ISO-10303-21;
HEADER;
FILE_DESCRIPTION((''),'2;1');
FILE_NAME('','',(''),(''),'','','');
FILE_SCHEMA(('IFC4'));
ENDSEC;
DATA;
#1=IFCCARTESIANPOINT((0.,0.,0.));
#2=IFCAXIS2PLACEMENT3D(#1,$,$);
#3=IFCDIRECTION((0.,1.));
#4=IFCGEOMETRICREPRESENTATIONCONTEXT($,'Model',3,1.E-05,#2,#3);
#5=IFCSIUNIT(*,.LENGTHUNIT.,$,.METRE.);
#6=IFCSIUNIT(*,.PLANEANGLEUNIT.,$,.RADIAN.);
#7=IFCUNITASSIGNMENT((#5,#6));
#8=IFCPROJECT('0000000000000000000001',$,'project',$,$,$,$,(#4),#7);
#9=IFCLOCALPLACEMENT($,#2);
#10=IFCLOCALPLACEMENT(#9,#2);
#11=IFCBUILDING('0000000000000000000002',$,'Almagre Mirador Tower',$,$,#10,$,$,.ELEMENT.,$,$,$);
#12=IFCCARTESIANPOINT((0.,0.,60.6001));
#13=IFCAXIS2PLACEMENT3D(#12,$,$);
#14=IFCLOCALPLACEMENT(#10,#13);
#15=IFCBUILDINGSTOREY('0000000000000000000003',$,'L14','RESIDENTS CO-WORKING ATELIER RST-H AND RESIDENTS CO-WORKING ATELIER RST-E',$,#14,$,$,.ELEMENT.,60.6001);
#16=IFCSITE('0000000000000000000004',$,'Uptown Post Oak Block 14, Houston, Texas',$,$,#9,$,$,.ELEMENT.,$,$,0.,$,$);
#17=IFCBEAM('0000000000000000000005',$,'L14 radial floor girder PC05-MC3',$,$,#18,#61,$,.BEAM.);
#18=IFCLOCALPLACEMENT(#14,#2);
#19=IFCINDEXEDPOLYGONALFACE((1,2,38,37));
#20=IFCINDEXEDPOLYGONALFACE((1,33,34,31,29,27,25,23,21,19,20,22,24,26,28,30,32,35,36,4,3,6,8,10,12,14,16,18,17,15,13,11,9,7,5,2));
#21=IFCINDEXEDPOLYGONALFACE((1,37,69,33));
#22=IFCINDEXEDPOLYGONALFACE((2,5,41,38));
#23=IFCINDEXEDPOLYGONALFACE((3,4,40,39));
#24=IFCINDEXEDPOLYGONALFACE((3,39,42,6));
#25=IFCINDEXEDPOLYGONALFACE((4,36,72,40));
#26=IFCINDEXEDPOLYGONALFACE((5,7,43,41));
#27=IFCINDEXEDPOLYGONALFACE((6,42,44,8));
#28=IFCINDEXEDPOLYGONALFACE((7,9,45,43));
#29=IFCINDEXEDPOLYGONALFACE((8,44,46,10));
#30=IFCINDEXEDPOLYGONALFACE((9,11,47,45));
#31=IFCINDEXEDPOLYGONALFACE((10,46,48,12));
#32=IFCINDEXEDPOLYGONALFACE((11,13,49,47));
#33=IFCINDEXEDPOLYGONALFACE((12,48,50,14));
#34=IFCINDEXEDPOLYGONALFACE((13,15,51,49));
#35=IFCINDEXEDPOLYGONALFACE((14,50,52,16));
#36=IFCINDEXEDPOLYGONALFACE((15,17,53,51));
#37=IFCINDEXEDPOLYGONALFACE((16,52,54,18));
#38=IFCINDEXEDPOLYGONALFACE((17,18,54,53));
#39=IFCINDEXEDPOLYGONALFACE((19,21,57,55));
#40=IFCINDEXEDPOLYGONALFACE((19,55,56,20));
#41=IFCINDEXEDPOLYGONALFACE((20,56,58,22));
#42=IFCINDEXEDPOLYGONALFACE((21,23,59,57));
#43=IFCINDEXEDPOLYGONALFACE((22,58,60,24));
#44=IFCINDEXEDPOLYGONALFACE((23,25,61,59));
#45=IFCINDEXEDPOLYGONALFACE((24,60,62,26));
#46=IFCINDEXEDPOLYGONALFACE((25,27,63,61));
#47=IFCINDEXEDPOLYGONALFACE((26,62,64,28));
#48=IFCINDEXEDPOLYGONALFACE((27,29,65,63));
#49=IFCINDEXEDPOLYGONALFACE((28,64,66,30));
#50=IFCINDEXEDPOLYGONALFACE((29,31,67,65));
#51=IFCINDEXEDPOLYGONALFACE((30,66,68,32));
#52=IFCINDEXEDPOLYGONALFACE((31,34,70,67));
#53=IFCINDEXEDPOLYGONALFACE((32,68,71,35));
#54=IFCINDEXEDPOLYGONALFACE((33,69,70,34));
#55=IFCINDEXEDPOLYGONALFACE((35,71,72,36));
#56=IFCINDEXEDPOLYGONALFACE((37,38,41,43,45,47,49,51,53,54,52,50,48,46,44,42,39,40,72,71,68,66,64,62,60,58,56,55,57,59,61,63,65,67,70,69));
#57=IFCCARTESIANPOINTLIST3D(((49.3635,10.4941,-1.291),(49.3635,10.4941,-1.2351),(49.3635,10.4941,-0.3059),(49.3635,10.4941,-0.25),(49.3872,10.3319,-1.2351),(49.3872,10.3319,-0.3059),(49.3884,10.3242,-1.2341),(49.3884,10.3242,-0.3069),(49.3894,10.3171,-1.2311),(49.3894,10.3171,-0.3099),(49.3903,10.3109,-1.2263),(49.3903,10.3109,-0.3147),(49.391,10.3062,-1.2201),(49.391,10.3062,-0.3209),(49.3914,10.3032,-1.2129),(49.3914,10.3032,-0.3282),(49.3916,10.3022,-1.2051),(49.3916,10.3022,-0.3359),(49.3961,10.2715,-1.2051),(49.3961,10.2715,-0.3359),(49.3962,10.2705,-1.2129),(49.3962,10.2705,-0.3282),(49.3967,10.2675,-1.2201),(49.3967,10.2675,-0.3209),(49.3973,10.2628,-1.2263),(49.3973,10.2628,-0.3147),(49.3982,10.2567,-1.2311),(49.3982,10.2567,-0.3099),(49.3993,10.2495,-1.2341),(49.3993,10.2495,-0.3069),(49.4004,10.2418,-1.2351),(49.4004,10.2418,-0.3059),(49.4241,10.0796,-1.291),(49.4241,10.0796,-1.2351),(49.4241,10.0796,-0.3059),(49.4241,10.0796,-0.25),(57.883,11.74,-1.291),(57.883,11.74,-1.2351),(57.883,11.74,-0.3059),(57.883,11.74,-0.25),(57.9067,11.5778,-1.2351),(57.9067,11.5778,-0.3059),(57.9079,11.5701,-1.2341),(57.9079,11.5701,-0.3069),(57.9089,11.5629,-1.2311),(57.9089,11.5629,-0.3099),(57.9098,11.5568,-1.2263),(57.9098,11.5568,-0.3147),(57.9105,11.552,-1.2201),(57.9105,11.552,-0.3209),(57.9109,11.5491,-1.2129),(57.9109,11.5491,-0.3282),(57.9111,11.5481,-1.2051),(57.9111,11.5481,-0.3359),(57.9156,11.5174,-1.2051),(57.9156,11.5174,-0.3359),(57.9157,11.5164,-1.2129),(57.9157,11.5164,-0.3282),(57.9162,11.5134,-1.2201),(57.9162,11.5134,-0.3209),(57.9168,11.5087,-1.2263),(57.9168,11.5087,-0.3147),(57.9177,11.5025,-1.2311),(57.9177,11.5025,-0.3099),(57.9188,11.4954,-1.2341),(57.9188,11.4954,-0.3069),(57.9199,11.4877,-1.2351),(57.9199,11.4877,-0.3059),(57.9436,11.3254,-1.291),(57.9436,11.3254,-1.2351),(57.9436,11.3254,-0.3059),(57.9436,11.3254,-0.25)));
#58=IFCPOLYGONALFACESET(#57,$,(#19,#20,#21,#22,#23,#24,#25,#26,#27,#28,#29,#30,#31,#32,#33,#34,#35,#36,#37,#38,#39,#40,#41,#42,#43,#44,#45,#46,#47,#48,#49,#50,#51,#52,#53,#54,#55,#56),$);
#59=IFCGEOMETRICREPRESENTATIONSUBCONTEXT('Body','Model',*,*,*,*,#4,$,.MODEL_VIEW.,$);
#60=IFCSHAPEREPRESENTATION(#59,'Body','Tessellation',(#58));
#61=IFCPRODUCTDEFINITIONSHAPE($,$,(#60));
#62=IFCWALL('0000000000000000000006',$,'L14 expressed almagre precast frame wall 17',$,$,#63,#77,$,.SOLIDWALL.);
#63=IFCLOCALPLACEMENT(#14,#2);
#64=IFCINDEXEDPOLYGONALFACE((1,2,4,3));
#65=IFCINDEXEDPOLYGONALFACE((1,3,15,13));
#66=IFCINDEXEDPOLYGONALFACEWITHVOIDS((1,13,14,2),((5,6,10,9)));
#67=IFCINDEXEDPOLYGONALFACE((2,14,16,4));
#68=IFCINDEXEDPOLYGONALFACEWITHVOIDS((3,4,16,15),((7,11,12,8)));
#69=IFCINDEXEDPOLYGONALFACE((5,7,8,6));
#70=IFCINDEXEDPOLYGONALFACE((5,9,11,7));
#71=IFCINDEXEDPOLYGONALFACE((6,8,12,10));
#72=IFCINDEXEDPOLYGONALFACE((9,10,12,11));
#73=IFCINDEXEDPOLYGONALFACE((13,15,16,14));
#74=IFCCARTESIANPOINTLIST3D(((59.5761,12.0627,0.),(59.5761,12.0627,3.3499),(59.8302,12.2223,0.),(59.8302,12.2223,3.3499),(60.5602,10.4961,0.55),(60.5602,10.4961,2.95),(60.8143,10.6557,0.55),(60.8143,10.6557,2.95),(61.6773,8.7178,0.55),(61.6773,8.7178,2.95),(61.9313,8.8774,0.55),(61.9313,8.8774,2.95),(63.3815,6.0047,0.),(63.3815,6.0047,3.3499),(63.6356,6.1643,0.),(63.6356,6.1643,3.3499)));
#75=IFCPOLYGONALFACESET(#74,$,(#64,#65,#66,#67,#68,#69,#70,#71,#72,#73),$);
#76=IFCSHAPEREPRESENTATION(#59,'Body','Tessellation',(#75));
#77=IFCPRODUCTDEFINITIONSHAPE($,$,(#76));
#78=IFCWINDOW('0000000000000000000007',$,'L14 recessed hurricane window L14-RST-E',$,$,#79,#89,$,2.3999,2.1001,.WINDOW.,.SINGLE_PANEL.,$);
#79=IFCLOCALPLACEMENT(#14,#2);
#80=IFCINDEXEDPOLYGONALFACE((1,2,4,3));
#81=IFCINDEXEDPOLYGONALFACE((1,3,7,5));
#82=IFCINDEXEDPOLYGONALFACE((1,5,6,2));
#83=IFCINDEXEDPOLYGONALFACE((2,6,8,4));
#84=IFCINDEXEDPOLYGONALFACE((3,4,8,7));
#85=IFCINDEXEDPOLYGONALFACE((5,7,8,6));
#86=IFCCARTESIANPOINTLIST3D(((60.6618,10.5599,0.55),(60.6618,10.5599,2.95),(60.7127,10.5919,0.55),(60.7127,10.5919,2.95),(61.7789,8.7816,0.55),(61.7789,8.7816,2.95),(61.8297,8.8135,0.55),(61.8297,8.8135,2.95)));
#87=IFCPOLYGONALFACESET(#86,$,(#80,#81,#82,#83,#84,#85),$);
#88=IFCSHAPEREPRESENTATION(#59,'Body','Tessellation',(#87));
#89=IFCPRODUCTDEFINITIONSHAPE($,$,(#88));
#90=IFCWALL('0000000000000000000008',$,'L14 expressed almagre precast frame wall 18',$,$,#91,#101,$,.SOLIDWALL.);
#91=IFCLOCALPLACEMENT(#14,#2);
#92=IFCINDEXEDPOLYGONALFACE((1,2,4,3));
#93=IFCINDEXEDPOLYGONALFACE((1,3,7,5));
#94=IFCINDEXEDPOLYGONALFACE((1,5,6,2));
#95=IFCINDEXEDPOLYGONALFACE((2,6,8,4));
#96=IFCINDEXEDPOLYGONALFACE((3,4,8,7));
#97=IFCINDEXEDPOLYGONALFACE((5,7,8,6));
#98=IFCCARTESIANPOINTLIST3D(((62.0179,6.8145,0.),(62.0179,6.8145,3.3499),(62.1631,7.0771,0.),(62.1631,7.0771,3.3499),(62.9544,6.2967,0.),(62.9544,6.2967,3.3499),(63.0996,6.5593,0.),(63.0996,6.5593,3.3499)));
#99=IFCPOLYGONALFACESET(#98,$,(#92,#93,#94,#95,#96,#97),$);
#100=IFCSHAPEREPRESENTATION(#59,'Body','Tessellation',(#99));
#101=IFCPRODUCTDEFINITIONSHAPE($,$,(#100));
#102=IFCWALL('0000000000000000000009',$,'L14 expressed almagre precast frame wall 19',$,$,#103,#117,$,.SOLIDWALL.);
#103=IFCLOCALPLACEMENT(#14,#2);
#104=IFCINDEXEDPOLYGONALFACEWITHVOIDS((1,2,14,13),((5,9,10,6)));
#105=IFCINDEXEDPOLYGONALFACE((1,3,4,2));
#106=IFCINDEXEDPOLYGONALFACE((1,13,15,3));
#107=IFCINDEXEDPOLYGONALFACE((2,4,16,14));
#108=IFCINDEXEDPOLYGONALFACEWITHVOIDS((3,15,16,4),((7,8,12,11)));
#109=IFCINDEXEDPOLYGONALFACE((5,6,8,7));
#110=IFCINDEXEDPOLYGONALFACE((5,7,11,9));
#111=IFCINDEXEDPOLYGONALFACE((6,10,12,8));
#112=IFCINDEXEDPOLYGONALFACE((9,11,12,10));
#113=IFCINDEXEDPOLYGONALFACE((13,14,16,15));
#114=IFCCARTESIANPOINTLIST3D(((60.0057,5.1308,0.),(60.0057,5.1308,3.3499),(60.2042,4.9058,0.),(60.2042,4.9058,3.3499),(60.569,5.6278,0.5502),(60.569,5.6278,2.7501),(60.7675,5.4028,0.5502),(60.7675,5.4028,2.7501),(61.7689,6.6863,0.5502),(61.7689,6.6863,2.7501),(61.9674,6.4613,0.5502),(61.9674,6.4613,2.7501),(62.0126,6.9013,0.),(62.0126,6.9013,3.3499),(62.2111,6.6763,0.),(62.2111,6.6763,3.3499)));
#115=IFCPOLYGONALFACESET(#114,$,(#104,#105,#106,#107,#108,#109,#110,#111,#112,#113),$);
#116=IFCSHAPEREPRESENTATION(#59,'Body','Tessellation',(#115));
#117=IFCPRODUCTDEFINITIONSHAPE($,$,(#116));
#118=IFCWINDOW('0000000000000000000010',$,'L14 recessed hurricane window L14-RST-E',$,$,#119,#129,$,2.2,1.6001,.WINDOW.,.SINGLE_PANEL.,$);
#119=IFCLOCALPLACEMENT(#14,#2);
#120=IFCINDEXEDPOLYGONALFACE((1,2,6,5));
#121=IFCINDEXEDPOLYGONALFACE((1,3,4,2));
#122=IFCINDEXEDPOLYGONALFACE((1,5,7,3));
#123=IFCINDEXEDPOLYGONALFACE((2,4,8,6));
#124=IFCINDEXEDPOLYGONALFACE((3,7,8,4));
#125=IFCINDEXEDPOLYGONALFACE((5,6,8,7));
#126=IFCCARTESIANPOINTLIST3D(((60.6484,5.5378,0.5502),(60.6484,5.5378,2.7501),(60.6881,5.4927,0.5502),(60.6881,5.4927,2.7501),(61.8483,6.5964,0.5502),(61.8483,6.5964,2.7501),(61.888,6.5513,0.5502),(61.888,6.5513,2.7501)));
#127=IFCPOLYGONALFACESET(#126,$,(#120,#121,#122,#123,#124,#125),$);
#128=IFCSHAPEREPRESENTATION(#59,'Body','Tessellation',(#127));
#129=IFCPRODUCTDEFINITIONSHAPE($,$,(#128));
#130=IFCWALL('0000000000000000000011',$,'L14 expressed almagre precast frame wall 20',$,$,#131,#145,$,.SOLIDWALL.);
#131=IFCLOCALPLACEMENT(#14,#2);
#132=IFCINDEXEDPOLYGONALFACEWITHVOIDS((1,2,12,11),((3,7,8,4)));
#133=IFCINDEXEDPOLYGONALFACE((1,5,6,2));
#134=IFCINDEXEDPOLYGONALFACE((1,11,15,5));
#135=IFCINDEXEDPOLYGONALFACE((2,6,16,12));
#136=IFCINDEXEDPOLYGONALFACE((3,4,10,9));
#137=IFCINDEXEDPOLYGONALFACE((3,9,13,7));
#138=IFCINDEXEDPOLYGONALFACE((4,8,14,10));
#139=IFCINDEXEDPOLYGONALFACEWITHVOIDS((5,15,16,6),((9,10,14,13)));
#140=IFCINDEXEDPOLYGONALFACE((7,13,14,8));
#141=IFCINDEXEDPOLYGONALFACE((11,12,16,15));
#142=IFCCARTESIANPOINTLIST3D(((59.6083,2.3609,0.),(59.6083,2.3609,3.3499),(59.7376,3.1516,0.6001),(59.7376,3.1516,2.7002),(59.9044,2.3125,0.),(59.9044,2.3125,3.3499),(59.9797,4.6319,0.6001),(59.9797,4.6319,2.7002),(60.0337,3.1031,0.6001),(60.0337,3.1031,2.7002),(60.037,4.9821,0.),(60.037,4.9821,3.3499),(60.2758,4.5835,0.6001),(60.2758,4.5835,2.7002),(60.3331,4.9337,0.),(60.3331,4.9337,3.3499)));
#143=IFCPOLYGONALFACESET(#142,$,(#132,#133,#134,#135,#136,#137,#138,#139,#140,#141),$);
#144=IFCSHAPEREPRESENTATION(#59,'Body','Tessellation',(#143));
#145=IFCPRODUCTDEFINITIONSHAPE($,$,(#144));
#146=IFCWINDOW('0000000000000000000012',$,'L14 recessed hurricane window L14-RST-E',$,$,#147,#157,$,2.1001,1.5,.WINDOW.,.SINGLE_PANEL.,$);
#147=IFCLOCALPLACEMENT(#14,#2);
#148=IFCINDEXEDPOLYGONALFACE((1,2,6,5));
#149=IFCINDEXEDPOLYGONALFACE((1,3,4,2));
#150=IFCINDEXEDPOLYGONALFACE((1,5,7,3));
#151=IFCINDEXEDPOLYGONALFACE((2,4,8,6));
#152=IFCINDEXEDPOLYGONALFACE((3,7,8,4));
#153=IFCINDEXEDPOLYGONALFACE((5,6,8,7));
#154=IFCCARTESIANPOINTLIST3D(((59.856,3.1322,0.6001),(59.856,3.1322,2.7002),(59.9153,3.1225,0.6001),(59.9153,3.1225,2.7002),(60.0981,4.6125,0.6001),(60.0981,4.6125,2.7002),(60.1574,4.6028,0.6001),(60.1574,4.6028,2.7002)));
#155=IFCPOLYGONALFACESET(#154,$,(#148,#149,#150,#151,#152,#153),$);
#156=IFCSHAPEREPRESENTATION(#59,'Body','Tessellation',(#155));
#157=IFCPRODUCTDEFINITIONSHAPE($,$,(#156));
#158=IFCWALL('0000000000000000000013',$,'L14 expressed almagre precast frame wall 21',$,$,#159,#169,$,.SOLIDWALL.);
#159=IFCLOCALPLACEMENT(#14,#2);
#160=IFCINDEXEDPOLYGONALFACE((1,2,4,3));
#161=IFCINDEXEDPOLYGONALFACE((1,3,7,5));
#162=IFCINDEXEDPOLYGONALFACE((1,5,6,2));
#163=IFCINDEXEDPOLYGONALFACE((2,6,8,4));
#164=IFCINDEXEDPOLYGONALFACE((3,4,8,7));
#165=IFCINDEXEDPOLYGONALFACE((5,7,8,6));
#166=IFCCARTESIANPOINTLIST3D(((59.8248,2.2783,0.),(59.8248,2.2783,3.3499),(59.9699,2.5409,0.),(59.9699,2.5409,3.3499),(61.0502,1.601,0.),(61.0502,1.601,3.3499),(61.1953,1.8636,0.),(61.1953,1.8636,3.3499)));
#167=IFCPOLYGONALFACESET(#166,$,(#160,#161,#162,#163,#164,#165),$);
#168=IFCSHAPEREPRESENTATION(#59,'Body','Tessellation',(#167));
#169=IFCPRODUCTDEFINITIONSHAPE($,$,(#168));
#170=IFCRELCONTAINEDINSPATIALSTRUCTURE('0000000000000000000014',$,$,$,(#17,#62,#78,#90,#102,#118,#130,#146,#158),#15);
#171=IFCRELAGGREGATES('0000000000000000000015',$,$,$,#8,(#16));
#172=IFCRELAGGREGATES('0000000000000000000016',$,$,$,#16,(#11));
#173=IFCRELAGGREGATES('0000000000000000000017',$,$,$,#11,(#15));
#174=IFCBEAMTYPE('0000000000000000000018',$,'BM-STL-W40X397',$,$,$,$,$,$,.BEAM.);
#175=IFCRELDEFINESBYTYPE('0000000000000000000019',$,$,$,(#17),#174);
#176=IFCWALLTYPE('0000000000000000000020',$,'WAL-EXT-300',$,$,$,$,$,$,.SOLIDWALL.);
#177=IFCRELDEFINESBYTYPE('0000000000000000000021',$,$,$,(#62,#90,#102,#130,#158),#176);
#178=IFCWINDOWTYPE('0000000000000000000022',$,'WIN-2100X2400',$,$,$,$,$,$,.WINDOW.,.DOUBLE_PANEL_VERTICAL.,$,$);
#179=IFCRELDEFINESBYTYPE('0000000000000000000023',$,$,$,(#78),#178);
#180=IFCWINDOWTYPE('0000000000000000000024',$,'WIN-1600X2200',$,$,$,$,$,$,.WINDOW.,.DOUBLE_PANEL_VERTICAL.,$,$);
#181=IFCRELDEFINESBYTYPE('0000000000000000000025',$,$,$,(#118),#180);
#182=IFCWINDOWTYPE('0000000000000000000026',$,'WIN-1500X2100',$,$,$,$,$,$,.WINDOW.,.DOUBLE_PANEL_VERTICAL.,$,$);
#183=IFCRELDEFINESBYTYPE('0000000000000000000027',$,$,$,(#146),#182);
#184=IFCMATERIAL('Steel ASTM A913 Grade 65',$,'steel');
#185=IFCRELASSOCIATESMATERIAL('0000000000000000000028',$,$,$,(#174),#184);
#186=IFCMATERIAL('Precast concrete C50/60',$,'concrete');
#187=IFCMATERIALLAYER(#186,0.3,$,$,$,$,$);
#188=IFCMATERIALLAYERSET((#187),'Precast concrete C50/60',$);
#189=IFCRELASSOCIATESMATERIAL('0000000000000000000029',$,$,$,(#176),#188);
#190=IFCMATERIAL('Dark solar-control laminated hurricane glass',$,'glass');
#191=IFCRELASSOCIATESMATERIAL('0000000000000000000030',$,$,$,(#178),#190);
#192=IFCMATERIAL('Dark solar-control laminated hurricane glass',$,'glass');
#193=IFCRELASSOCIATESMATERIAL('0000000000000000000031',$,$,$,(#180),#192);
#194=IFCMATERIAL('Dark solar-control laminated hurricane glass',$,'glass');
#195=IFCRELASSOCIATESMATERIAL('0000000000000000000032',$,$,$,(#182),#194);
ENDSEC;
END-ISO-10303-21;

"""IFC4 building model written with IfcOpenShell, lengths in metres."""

from ifc_helpers import new_model, si_unit, direction, frame, frame_2d, origin, origin_2d, place, context, subcontext, project, spatial, rectangle, i_section, extrude, material, layer, layer_set, material_profile, profile_set, type_object, element, fill, save


model = new_model("IFC4")

# Units and contexts
model_context = context("Model", 3, precision=1e-05, world=origin(), true_north=direction((0.0, 1.0)))
body_context = subcontext(model_context, "Body", "Model", "MODEL_VIEW")
ifc_project = project(units=[si_unit("LENGTHUNIT", "METRE"), si_unit("PLANEANGLEUNIT", "RADIAN")], contexts=[model_context])

# Site, building, storey
site_placement = place(None, origin())
site = spatial("IfcSite", under=ifc_project, at=site_placement, Name="Uptown Post Oak Block 14, Houston, Texas", CompositionType="ELEMENT", RefElevation=0.0)
building_placement = place(site_placement, origin())
building = spatial("IfcBuilding", under=site, at=building_placement, Name="Almagre Mirador Tower", CompositionType="ELEMENT")
storey_placement = place(building_placement, frame((0.0, 0.0, 60.6001)))
storey = spatial("IfcBuildingStorey", under=building, at=storey_placement, Name="L14", Description="RESIDENTS CO-WORKING ATELIER RST-H AND RESIDENTS CO-WORKING ATELIER RST-E", CompositionType="ELEMENT", Elevation=60.6001)

# Beam
ifc_material_1 = material(Name="Steel ASTM A913 Grade 65", Category="steel")
ifc_material_profile_1 = material_profile(ifc_material_1, i_section(OverallWidth=0.4189, OverallDepth=1.041, WebThickness=0.031, FlangeThickness=0.0559, FilletRadius=0.03, at=origin_2d()), Name="W40X397")
ifc_profile_set_1 = profile_set([ifc_material_profile_1], Name="Steel ASTM A913 Grade 65")
beam_type_1 = type_object("IfcBeamType", Name="BM-STL-W40X397", PredefinedType="BEAM", material=ifc_profile_set_1)
beam_1_placement = place(storey_placement, frame((57.9133, 11.5327, -0.7705), z_axis=(-0.989476, -0.144696, 0.0), x_axis=(0.144696, -0.989476, 0.0)))
element("IfcBeam", 1, at=beam_1_placement, inside=storey, type_object=beam_type_1, Name="L14 radial floor girder PC05-MC3", PredefinedType="BEAM", context=body_context, shape_type="SweptSolid", body=[
    extrude(i_section(OverallWidth=0.4189, OverallDepth=1.041, WebThickness=0.031, FlangeThickness=0.0559, FilletRadius=0.03, at=origin_2d()), origin(), (0.0, 0.0, 1.0), 8.6101),
])

# Wall, opening, window
ifc_material_2 = material(Name="Precast concrete C50/60", Category="concrete")
ifc_layer = layer(ifc_material_2, 0.3)
ifc_layer_set = layer_set([ifc_layer], Name="Precast concrete C50/60")
wall_type = type_object("IfcWallType", Name="WAL-EXT-300", PredefinedType="SOLIDWALL", material=ifc_layer_set)
wall_1_placement = place(storey_placement, frame((59.7031, 12.1426, 0.0), z_axis=(0.0, 0.0, 1.0), x_axis=(0.531918, -0.846796, 0.0)))
wall_1 = element("IfcWall", 2, at=wall_1_placement, inside=storey, type_object=wall_type, Name="L14 expressed almagre precast frame wall 17", PredefinedType="SOLIDWALL", context=body_context, shape_type="SweptSolid", body=[
    extrude(rectangle(XDim=7.1541, YDim=0.3, at=frame_2d((3.5771, 0.0))), origin(), (0.0, 0.0, 1.0), 3.3499),
])
opening_1_placement = place(wall_1_placement, frame((1.8501, 0.0, 0.55)))
opening_1 = element("IfcOpeningElement", 3, at=opening_1_placement, cuts=wall_1, PredefinedType="OPENING", context=body_context, shape_type="SweptSolid", body=[
    extrude(rectangle(XDim=2.1001, YDim=2.3999, at=frame_2d((1.05, 1.2))), frame((0.0, 0.1599, 0.0), z_axis=(0.0, -1.0, 0.0), x_axis=(1.0, 0.0, 0.0)), (0.0, 0.0, 1.0), 0.32),
])
ifc_material_3 = material(Name="Dark solar-control laminated hurricane glass", Category="glass")
window_type_1 = type_object("IfcWindowType", Name="WIN-2100X2400", PartitioningType="DOUBLE_PANEL_VERTICAL", PredefinedType="WINDOW", material=ifc_material_3)
window_1_placement = place(opening_1_placement, origin())
window_1 = element("IfcWindow", 4, at=window_1_placement, inside=storey, type_object=window_type_1, Name="L14 recessed hurricane window L14-RST-E", OverallHeight=2.3999, OverallWidth=2.1001, PartitioningType="SINGLE_PANEL", PredefinedType="WINDOW", context=body_context, shape_type="SweptSolid", body=[
    extrude(rectangle(XDim=2.1001, YDim=2.3999, at=frame_2d((1.05, 1.2))), frame((0.0, 0.03, 0.0), z_axis=(0.0, -1.0, 0.0), x_axis=(1.0, 0.0, 0.0)), (0.0, 0.0, 1.0), 0.0601),
])
fill(opening_1, window_1)

# Wall
wall_2_placement = place(storey_placement, frame((63.0271, 6.428, 0.0), z_axis=(0.0, 0.0, 1.0), x_axis=(-0.875135, 0.483879, 0.0)))
element("IfcWall", 5, at=wall_2_placement, inside=storey, type_object=wall_type, Name="L14 expressed almagre precast frame wall 18", PredefinedType="SOLIDWALL", context=body_context, shape_type="SweptSolid", body=[
    extrude(rectangle(XDim=1.0701, YDim=0.3, at=frame_2d((0.5352, 0.0))), origin(), (0.0, 0.0, 1.0), 3.3499),
])

# Walls, openings, windows
wall_3_placement = place(storey_placement, frame((62.1118, 6.7888, 0.0), z_axis=(0.0, 0.0, 1.0), x_axis=(-0.74988, -0.661573, 0.0)))
wall_3 = element("IfcWall", 6, at=wall_3_placement, inside=storey, type_object=wall_type, Name="L14 expressed almagre precast frame wall 19", PredefinedType="SOLIDWALL", context=body_context, shape_type="SweptSolid", body=[
    extrude(rectangle(XDim=2.6763, YDim=0.3, at=frame_2d((1.3381, 0.0))), origin(), (0.0, 0.0, 1.0), 3.3499),
])
opening_2_placement = place(wall_3_placement, frame((0.325, 0.0, 0.55)))
opening_2 = element("IfcOpeningElement", 7, at=opening_2_placement, cuts=wall_3, PredefinedType="OPENING", context=body_context, shape_type="SweptSolid", body=[
    extrude(rectangle(XDim=1.6001, YDim=2.2, at=frame_2d((0.8, 1.1001))), frame((0.0, 0.1599, 0.0), z_axis=(0.0, -1.0, 0.0), x_axis=(1.0, 0.0, 0.0)), (0.0, 0.0, 1.0), 0.32),
])
ifc_material_4 = material(Name="Dark solar-control laminated hurricane glass", Category="glass")
window_type_2 = type_object("IfcWindowType", Name="WIN-1600X2200", PartitioningType="DOUBLE_PANEL_VERTICAL", PredefinedType="WINDOW", material=ifc_material_4)
window_2_placement = place(opening_2_placement, origin())
window_2 = element("IfcWindow", 8, at=window_2_placement, inside=storey, type_object=window_type_2, Name="L14 recessed hurricane window L14-RST-E", OverallHeight=2.2, OverallWidth=1.6001, PartitioningType="SINGLE_PANEL", PredefinedType="WINDOW", context=body_context, shape_type="SweptSolid", body=[
    extrude(rectangle(XDim=1.6001, YDim=2.2, at=frame_2d((0.8, 1.1001))), frame((0.0, 0.03, 0.0), z_axis=(0.0, -1.0, 0.0), x_axis=(1.0, 0.0, 0.0)), (0.0, 0.0, 1.0), 0.0601),
])
fill(opening_2, window_2)
wall_4_placement = place(storey_placement, frame((60.1851, 4.958, 0.0), z_axis=(0.0, 0.0, 1.0), x_axis=(-0.161417, -0.986886, 0.0)))
wall_4 = element("IfcWall", 9, at=wall_4_placement, inside=storey, type_object=wall_type, Name="L14 expressed almagre precast frame wall 20", PredefinedType="SOLIDWALL", context=body_context, shape_type="SweptSolid", body=[
    extrude(rectangle(XDim=2.656, YDim=0.3, at=frame_2d((1.3281, 0.0))), origin(), (0.0, 0.0, 1.0), 3.3499),
])
opening_3_placement = place(wall_4_placement, frame((0.355, 0.0, 0.6001)))
opening_3 = element("IfcOpeningElement", 10, at=opening_3_placement, cuts=wall_4, PredefinedType="OPENING", context=body_context, shape_type="SweptSolid", body=[
    extrude(rectangle(XDim=1.5, YDim=2.1001, at=frame_2d((0.75, 1.05))), frame((0.0, 0.1599, 0.0), z_axis=(0.0, -1.0, 0.0), x_axis=(1.0, 0.0, 0.0)), (0.0, 0.0, 1.0), 0.32),
])
ifc_material_5 = material(Name="Dark solar-control laminated hurricane glass", Category="glass")
window_type_3 = type_object("IfcWindowType", Name="WIN-1500X2100", PartitioningType="DOUBLE_PANEL_VERTICAL", PredefinedType="WINDOW", material=ifc_material_5)
window_3_placement = place(opening_3_placement, origin())
window_3 = element("IfcWindow", 11, at=window_3_placement, inside=storey, type_object=window_type_3, Name="L14 recessed hurricane window L14-RST-E", OverallHeight=2.1001, OverallWidth=1.5, PartitioningType="SINGLE_PANEL", PredefinedType="WINDOW", context=body_context, shape_type="SweptSolid", body=[
    extrude(rectangle(XDim=1.5, YDim=2.1001, at=frame_2d((0.75, 1.05))), frame((0.0, 0.03, 0.0), z_axis=(0.0, -1.0, 0.0), x_axis=(1.0, 0.0, 0.0)), (0.0, 0.0, 1.0), 0.0601),
])
fill(opening_3, window_3)

# Wall
wall_5_placement = place(storey_placement, frame((59.8972, 2.4097, 0.0), z_axis=(0.0, 0.0, 1.0), x_axis=(0.875216, -0.483732, 0.0)))
element("IfcWall", 12, at=wall_5_placement, inside=storey, type_object=wall_type, Name="L14 expressed almagre precast frame wall 21", PredefinedType="SOLIDWALL", context=body_context, shape_type="SweptSolid", body=[
    extrude(rectangle(XDim=1.4001, YDim=0.3, at=frame_2d((0.7002, 0.0))), origin(), (0.0, 0.0, 1.0), 3.3499),
])

save(model, "model.ifc")
